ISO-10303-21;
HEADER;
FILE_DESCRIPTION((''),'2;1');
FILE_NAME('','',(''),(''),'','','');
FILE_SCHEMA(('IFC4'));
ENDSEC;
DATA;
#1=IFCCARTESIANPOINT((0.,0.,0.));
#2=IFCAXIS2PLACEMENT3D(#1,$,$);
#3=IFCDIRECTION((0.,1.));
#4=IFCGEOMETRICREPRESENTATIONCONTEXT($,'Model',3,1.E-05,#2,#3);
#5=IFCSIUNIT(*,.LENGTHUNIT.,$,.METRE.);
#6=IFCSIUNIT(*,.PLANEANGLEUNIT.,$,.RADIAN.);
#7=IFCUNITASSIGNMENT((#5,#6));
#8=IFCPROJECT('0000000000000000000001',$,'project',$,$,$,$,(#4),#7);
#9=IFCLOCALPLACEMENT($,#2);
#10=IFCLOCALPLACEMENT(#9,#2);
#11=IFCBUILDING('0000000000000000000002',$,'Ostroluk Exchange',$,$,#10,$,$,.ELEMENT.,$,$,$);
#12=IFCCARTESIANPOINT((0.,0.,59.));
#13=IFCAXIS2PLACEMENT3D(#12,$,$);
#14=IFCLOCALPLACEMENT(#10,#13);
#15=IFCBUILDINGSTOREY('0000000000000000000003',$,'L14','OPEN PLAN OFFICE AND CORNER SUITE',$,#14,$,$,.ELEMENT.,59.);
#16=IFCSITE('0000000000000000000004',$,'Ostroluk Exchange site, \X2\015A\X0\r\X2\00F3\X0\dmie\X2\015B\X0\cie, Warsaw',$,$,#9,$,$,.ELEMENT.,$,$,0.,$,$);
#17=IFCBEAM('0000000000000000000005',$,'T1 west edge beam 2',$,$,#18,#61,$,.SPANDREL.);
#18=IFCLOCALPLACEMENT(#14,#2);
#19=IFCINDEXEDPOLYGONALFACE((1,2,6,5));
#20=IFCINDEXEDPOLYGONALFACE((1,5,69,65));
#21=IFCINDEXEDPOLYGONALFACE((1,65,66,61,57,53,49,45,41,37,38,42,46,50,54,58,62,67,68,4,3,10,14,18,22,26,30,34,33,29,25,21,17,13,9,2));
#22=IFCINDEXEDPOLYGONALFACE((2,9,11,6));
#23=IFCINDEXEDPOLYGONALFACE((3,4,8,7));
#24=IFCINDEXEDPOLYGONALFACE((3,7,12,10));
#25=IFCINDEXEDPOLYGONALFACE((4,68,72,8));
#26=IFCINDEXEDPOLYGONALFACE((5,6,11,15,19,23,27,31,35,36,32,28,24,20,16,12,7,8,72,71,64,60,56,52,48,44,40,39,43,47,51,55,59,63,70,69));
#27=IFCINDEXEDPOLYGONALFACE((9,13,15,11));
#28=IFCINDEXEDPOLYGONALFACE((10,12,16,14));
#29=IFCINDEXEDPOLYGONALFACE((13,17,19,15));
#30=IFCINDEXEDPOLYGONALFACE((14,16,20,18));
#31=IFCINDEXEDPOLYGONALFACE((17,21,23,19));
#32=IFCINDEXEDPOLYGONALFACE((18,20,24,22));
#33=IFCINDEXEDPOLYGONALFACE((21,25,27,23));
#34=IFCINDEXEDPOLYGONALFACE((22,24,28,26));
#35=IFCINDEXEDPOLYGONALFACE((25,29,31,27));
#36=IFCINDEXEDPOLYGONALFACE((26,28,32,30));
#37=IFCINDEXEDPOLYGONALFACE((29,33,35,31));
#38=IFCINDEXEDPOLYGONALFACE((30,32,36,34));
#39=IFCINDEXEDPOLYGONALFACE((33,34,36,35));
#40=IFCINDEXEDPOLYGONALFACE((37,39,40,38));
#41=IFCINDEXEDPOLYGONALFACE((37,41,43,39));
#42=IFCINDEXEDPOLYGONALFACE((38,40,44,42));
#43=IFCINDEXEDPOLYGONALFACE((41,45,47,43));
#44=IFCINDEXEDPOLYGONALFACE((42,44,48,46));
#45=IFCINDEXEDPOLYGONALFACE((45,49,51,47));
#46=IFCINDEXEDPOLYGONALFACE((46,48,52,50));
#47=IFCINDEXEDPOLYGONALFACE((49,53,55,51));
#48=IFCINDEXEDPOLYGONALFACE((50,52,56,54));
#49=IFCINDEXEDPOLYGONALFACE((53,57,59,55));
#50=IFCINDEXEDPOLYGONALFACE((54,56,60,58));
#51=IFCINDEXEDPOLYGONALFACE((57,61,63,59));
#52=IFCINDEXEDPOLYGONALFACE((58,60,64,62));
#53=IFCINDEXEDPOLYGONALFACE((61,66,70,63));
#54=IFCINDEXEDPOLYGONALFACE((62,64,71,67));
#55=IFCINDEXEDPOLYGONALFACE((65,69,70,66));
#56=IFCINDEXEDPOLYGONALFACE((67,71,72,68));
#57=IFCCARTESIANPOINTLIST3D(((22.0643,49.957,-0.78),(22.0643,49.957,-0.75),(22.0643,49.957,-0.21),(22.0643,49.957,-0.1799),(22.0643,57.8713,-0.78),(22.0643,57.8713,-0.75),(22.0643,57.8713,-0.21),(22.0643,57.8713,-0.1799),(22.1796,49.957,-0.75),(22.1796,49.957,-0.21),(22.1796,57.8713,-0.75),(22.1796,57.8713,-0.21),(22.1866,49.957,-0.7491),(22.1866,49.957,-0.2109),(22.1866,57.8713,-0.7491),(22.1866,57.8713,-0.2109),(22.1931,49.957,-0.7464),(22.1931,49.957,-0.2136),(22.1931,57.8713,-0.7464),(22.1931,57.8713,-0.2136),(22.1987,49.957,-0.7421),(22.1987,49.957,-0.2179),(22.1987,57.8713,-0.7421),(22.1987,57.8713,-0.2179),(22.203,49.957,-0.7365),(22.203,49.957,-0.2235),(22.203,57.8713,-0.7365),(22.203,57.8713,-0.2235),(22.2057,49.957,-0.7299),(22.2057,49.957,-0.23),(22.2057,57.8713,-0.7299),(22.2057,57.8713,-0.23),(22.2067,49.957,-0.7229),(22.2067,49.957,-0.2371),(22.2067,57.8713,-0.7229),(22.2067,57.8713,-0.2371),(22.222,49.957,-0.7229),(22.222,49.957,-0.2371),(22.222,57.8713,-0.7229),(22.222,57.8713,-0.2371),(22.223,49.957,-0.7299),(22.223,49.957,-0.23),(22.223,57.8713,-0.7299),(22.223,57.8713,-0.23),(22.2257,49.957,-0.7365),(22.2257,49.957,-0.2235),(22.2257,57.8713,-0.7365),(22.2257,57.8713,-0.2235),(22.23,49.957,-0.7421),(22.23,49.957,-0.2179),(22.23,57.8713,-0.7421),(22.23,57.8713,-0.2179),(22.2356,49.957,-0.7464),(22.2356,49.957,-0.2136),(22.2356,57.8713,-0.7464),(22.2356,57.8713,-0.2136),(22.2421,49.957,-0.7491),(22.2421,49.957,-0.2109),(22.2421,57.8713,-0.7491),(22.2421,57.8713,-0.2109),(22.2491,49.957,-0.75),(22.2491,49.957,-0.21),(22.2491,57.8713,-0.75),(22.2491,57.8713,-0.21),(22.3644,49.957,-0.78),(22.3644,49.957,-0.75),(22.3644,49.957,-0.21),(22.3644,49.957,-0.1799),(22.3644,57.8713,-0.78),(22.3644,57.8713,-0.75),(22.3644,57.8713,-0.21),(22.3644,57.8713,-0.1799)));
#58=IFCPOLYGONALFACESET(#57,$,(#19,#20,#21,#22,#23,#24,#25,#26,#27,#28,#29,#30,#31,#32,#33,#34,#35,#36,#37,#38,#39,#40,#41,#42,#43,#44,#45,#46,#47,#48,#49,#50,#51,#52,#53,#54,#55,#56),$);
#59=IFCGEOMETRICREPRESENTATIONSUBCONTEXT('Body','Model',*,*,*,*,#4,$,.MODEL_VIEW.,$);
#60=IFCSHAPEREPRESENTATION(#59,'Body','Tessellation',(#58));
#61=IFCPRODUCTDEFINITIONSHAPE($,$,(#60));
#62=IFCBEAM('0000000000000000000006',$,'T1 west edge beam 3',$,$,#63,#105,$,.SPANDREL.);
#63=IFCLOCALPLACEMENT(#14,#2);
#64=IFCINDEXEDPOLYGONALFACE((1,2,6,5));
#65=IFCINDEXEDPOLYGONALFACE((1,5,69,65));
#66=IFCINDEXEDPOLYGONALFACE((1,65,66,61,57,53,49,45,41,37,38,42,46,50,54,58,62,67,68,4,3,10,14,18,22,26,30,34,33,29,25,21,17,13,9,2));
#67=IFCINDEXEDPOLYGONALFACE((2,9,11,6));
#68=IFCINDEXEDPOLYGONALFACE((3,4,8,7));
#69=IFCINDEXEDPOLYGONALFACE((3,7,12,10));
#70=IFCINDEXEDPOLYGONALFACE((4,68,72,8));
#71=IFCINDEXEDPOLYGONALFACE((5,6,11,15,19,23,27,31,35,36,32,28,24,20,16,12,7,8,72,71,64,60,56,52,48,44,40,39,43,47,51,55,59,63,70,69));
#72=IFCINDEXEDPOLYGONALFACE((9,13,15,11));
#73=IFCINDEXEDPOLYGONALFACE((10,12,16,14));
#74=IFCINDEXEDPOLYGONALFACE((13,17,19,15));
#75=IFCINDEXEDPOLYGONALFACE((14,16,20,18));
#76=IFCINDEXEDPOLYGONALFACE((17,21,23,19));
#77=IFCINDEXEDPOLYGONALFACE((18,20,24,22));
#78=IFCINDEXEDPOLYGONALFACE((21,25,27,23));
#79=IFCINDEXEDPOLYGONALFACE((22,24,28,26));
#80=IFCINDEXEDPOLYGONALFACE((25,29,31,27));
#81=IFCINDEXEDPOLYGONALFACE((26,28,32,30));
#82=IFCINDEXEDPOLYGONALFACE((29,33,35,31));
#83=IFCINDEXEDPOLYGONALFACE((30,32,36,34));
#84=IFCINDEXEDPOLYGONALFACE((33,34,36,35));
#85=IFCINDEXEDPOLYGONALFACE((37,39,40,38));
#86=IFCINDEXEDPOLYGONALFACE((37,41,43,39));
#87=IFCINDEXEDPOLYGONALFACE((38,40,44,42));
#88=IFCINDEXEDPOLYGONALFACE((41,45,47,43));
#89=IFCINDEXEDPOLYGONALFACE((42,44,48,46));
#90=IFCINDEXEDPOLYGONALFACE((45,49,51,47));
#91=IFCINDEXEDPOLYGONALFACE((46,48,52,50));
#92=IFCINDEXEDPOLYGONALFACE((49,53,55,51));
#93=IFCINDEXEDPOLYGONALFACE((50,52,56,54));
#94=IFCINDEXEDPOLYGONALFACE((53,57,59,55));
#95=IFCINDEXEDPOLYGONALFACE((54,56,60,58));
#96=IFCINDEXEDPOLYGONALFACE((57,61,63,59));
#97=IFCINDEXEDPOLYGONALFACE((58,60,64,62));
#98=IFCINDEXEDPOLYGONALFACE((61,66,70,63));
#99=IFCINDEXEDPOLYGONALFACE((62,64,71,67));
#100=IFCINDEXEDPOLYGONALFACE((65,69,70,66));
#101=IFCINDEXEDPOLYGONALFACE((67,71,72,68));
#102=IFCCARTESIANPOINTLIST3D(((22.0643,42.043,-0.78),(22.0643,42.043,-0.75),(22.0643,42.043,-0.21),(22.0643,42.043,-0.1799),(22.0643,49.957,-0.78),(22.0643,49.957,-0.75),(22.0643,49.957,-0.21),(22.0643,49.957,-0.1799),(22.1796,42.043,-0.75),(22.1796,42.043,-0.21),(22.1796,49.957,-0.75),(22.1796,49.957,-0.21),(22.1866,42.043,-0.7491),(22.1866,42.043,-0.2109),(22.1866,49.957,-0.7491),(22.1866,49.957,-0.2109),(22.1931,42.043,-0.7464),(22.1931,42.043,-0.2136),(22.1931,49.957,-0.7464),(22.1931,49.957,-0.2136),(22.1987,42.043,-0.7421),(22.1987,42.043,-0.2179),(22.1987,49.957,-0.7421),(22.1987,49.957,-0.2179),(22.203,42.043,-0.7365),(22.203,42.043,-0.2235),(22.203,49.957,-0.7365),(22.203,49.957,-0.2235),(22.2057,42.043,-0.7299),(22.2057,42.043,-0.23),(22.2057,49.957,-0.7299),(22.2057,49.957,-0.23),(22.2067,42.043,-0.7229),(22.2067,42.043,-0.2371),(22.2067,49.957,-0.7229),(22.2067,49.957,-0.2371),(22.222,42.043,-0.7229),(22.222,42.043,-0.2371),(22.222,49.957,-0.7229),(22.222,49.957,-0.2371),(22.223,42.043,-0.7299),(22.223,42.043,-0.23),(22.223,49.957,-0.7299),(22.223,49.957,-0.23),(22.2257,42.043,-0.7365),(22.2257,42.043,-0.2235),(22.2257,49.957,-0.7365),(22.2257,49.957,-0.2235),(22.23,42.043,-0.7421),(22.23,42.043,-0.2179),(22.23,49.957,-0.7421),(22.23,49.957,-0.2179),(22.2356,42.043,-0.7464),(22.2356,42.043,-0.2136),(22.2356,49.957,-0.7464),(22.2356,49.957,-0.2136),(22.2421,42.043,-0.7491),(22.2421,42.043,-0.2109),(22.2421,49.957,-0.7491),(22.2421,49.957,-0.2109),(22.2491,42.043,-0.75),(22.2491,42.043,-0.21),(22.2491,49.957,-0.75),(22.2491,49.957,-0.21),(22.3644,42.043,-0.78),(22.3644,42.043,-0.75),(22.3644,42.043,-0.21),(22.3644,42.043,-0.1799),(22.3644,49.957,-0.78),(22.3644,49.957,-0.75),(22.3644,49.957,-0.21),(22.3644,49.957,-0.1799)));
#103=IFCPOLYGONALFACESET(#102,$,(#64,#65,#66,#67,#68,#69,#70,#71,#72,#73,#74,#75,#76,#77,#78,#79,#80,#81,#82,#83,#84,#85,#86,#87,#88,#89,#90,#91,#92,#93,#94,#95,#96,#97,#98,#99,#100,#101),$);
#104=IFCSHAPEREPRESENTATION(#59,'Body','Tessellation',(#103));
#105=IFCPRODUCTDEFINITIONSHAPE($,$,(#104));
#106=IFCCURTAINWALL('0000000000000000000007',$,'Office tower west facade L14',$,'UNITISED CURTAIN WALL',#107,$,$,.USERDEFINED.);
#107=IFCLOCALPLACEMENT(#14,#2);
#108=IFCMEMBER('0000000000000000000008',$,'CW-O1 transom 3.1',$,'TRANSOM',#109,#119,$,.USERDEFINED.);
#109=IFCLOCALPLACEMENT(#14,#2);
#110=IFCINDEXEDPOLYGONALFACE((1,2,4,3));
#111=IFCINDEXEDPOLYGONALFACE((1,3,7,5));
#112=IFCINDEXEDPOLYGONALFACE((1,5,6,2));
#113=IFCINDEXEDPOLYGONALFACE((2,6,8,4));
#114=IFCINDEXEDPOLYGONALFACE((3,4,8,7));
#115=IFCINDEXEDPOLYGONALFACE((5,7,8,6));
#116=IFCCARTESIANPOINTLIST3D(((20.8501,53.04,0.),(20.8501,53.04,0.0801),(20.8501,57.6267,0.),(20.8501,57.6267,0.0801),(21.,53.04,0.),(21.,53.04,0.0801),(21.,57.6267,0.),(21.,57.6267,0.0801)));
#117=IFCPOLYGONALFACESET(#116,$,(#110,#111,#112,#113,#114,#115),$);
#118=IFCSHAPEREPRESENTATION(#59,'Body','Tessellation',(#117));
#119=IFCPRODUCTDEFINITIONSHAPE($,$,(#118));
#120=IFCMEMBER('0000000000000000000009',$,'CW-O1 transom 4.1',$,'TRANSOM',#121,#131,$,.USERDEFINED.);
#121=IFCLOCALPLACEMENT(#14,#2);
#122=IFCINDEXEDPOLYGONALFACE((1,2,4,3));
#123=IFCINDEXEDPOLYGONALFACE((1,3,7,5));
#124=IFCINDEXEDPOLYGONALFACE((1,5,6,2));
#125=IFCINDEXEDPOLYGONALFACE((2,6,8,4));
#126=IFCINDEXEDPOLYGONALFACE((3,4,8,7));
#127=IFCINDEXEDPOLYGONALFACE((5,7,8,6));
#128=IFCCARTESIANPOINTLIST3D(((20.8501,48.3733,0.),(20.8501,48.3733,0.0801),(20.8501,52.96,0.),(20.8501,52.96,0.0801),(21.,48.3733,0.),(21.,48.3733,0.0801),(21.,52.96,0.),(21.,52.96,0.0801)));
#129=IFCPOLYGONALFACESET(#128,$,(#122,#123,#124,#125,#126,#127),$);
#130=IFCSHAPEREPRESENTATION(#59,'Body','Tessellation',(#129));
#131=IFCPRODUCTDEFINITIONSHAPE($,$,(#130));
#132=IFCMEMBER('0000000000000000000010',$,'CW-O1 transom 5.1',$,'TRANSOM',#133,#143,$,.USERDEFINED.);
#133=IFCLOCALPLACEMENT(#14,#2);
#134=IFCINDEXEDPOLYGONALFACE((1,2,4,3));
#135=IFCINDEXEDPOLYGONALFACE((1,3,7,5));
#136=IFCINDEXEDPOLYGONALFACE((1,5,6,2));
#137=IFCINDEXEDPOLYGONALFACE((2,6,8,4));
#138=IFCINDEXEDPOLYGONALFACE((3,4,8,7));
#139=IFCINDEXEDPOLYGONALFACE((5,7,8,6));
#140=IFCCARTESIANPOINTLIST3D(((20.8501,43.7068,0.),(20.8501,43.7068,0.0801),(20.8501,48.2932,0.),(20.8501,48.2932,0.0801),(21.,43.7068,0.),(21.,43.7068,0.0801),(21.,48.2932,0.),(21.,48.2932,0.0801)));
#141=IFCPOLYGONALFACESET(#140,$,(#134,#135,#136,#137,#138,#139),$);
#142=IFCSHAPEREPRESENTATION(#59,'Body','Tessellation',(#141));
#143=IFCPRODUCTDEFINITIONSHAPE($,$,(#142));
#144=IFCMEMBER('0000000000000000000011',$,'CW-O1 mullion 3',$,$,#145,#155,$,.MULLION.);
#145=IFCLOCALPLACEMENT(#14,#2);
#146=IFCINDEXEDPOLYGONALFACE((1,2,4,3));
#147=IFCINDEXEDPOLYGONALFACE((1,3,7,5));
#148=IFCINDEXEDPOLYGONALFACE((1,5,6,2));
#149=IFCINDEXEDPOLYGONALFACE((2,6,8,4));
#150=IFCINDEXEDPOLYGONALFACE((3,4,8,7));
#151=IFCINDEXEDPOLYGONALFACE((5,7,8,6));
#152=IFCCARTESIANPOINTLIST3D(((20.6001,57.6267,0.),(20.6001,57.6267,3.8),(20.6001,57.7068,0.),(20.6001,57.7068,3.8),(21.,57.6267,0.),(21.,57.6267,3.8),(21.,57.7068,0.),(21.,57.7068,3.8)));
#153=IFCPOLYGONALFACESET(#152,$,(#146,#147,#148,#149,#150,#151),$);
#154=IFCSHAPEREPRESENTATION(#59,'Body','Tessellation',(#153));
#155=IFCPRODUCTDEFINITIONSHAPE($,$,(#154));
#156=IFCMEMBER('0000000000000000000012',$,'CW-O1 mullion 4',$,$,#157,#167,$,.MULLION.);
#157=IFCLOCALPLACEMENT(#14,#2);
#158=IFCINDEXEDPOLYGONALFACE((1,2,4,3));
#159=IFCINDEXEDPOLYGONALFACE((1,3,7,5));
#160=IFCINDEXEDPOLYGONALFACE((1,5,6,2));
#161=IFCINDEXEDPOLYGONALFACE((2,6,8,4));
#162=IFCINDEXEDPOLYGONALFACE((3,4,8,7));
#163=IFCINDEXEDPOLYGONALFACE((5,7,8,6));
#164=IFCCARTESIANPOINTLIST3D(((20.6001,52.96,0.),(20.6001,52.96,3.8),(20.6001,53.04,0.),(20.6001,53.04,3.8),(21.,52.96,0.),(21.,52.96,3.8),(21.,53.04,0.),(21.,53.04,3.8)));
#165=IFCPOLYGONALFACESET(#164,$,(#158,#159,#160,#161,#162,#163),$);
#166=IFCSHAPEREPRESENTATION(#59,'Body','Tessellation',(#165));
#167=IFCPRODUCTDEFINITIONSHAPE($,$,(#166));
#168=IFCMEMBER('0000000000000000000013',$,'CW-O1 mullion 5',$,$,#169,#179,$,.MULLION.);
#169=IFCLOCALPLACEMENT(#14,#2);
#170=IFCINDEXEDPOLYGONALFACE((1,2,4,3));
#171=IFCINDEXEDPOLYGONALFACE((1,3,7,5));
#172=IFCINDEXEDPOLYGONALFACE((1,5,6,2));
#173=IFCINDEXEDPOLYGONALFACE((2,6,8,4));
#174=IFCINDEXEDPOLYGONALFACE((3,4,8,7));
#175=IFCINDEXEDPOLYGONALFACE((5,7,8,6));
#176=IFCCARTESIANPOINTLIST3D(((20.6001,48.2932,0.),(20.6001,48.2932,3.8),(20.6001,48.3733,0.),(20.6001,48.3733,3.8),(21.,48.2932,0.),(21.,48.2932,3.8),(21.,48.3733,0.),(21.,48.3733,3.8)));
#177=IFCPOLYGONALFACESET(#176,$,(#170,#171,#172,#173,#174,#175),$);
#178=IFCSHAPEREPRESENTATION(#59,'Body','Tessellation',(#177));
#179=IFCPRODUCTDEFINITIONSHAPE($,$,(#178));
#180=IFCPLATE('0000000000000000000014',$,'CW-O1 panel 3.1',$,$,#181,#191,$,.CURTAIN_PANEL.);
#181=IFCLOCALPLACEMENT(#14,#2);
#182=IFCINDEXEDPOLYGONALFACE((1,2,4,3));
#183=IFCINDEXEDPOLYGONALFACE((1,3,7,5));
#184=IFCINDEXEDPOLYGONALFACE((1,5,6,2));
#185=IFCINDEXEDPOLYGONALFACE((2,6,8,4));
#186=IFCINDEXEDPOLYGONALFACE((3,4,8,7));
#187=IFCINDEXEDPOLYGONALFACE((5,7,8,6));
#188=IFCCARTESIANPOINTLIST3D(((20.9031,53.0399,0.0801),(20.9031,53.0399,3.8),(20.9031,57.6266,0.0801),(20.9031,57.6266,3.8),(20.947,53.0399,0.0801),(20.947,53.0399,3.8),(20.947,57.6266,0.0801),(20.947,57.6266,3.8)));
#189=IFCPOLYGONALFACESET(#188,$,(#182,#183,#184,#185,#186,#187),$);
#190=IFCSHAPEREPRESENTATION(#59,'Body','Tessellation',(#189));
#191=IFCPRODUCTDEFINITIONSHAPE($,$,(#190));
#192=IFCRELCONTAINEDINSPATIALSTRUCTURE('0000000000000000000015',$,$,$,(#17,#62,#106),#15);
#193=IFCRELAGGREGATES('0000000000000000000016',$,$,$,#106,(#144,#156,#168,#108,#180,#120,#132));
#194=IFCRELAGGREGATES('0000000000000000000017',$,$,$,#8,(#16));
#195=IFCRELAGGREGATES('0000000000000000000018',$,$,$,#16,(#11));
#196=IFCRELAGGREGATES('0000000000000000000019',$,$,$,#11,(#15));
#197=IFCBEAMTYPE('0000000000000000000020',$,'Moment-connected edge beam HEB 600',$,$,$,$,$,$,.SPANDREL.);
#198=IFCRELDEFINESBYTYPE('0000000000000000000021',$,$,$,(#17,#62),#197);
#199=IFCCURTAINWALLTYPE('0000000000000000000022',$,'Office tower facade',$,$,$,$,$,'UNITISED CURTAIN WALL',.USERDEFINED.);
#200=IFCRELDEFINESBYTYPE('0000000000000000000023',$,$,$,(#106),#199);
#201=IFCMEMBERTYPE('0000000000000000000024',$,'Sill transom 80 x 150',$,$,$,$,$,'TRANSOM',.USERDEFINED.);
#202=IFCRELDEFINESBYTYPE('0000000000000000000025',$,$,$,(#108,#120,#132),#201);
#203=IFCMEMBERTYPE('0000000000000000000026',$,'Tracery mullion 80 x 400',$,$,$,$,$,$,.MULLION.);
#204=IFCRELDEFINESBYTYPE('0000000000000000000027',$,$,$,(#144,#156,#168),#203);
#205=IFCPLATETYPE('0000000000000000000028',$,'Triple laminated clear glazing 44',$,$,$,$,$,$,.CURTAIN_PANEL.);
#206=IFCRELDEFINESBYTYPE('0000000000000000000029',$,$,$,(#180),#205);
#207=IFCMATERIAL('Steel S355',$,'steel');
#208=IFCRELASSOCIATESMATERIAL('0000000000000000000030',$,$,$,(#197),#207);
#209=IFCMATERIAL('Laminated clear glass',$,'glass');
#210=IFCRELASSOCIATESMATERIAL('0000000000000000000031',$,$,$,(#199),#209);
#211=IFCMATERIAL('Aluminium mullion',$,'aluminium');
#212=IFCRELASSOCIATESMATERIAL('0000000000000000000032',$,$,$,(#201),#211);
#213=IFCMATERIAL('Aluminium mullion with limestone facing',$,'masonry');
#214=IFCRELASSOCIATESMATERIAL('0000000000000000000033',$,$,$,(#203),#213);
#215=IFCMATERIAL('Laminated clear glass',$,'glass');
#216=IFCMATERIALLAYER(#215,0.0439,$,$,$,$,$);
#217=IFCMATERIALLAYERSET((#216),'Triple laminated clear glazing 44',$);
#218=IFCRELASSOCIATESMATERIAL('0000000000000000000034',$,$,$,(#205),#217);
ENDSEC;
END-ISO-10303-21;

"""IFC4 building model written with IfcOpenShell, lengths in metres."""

from ifc_helpers import new_model, si_unit, direction, frame, origin, origin_2d, place, context, subcontext, project, spatial, rectangle, i_section, extrude, material, layer, layer_set, material_profile, profile_set, type_object, element, aggregate, save


model = new_model("IFC4")

# Units and contexts
model_context = context("Model", 3, precision=1e-05, world=origin(), true_north=direction((0.0, 1.0)))
body_context = subcontext(model_context, "Body", "Model", "MODEL_VIEW")
ifc_project = project(units=[si_unit("LENGTHUNIT", "METRE"), si_unit("PLANEANGLEUNIT", "RADIAN")], contexts=[model_context])

# Site, building, storey
site_placement = place(None, origin())
site = spatial("IfcSite", under=ifc_project, at=site_placement, Name="Ostroluk Exchange site, Śródmieście, Warsaw", CompositionType="ELEMENT", RefElevation=0.0)
building_placement = place(site_placement, origin())
building = spatial("IfcBuilding", under=site, at=building_placement, Name="Ostroluk Exchange", CompositionType="ELEMENT")
storey_placement = place(building_placement, frame((0.0, 0.0, 59.0)))
storey = spatial("IfcBuildingStorey", under=building, at=storey_placement, Name="L14", Description="OPEN PLAN OFFICE AND CORNER SUITE", CompositionType="ELEMENT", Elevation=59.0)

# Beams
ifc_material_1 = material(Name="Steel S355", Category="steel")
ifc_material_profile_1 = material_profile(ifc_material_1, i_section(OverallWidth=0.3, OverallDepth=0.6001, WebThickness=0.0154, FlangeThickness=0.03, FilletRadius=0.0271, at=origin_2d()), Name="HEB 600")
ifc_profile_set_1 = profile_set([ifc_material_profile_1], Name="Steel S355")
beam_type_1 = type_object("IfcBeamType", Name="Moment-connected edge beam HEB 600", PredefinedType="SPANDREL", material=ifc_profile_set_1)
beam_1_placement = place(storey_placement, frame((22.2144, 57.8713, -0.48), z_axis=(0.0, -1.0, 0.0), x_axis=(1.0, 0.0, 0.0)))
element("IfcBeam", 1, at=beam_1_placement, inside=storey, type_object=beam_type_1, Name="T1 west edge beam 2", PredefinedType="SPANDREL", context=body_context, shape_type="SweptSolid", body=[
    extrude(i_section(OverallWidth=0.3, OverallDepth=0.6001, WebThickness=0.0154, FlangeThickness=0.03, FilletRadius=0.0271, at=origin_2d()), origin(), (0.0, 0.0, 1.0), 7.9143),
])
beam_2_placement = place(storey_placement, frame((22.2144, 49.957, -0.48), z_axis=(0.0, -1.0, 0.0), x_axis=(1.0, 0.0, 0.0)))
element("IfcBeam", 2, at=beam_2_placement, inside=storey, type_object=beam_type_1, Name="T1 west edge beam 3", PredefinedType="SPANDREL", context=body_context, shape_type="SweptSolid", body=[
    extrude(i_section(OverallWidth=0.3, OverallDepth=0.6001, WebThickness=0.0154, FlangeThickness=0.03, FilletRadius=0.0271, at=origin_2d()), origin(), (0.0, 0.0, 1.0), 7.9141),
])

# Curtain wall, members, plate
ifc_material_2 = material(Name="Laminated clear glass", Category="glass")
curtain_wall_type = type_object("IfcCurtainWallType", Name="Office tower facade", ElementType="UNITISED CURTAIN WALL", PredefinedType="USERDEFINED", material=ifc_material_2)
curtain_wall_placement = place(storey_placement, origin())
curtain_wall = element("IfcCurtainWall", 3, at=curtain_wall_placement, inside=storey, type_object=curtain_wall_type, Name="Office tower west facade L14", ObjectType="UNITISED CURTAIN WALL", PredefinedType="USERDEFINED")
ifc_material_3 = material(Name="Aluminium mullion", Category="aluminium")
ifc_material_profile_2 = material_profile(ifc_material_3, rectangle(XDim=0.1499, YDim=0.0801, at=origin_2d()), Name="Sill transom 80 x 150")
ifc_profile_set_2 = profile_set([ifc_material_profile_2], Name="Aluminium mullion")
member_type_1 = type_object("IfcMemberType", Name="Sill transom 80 x 150", ElementType="TRANSOM", PredefinedType="USERDEFINED", material=ifc_profile_set_2)
member_1_placement = place(storey_placement, frame((20.925, 57.6267, 0.04), z_axis=(0.0, -1.0, 0.0), x_axis=(1.0, 0.0, 0.0)))
member_1 = element("IfcMember", 4, at=member_1_placement, type_object=member_type_1, Name="CW-O1 transom 3.1", ObjectType="TRANSOM", PredefinedType="USERDEFINED", context=body_context, shape_type="SweptSolid", body=[
    extrude(rectangle(XDim=0.1499, YDim=0.0801, at=origin_2d()), origin(), (0.0, 0.0, 1.0), 4.5867),
])
member_2_placement = place(storey_placement, frame((20.925, 52.96, 0.04), z_axis=(0.0, -1.0, 0.0), x_axis=(1.0, 0.0, 0.0)))
member_2 = element("IfcMember", 5, at=member_2_placement, type_object=member_type_1, Name="CW-O1 transom 4.1", ObjectType="TRANSOM", PredefinedType="USERDEFINED", context=body_context, shape_type="SweptSolid", body=[
    extrude(rectangle(XDim=0.1499, YDim=0.0801, at=origin_2d()), origin(), (0.0, 0.0, 1.0), 4.5867),
])
member_3_placement = place(storey_placement, frame((20.925, 48.2932, 0.04), z_axis=(0.0, -1.0, 0.0), x_axis=(1.0, 0.0, 0.0)))
member_3 = element("IfcMember", 6, at=member_3_placement, type_object=member_type_1, Name="CW-O1 transom 5.1", ObjectType="TRANSOM", PredefinedType="USERDEFINED", context=body_context, shape_type="SweptSolid", body=[
    extrude(rectangle(XDim=0.1499, YDim=0.0801, at=origin_2d()), origin(), (0.0, 0.0, 1.0), 4.5864),
])
ifc_material_4 = material(Name="Aluminium mullion with limestone facing", Category="masonry")
ifc_material_profile_3 = material_profile(ifc_material_4, rectangle(XDim=0.3999, YDim=0.0801, at=origin_2d()), Name="Tracery mullion 80 x 400")
ifc_profile_set_3 = profile_set([ifc_material_profile_3], Name="Aluminium mullion with limestone facing")
member_type_2 = type_object("IfcMemberType", Name="Tracery mullion 80 x 400", PredefinedType="MULLION", material=ifc_profile_set_3)
member_4_placement = place(storey_placement, frame((20.8, 57.6667, 0.0), z_axis=(0.0, 0.0, 1.0), x_axis=(1.0, 0.0, 0.0)))
member_4 = element("IfcMember", 7, at=member_4_placement, type_object=member_type_2, Name="CW-O1 mullion 3", PredefinedType="MULLION", context=body_context, shape_type="SweptSolid", body=[
    extrude(rectangle(XDim=0.3999, YDim=0.0801, at=origin_2d()), origin(), (0.0, 0.0, 1.0), 3.8),
])
member_5_placement = place(storey_placement, frame((20.8, 53.0, 0.0), z_axis=(0.0, 0.0, 1.0), x_axis=(1.0, 0.0, 0.0)))
member_5 = element("IfcMember", 8, at=member_5_placement, type_object=member_type_2, Name="CW-O1 mullion 4", PredefinedType="MULLION", context=body_context, shape_type="SweptSolid", body=[
    extrude(rectangle(XDim=0.3999, YDim=0.0801, at=origin_2d()), origin(), (0.0, 0.0, 1.0), 3.8),
])
member_6_placement = place(storey_placement, frame((20.8, 48.3333, 0.0), z_axis=(0.0, 0.0, 1.0), x_axis=(1.0, 0.0, 0.0)))
member_6 = element("IfcMember", 9, at=member_6_placement, type_object=member_type_2, Name="CW-O1 mullion 5", PredefinedType="MULLION", context=body_context, shape_type="SweptSolid", body=[
    extrude(rectangle(XDim=0.3999, YDim=0.0801, at=origin_2d()), origin(), (0.0, 0.0, 1.0), 3.8),
])
ifc_material_5 = material(Name="Laminated clear glass", Category="glass")
ifc_layer_1 = layer(ifc_material_5, 0.0439)
ifc_layer_set_1 = layer_set([ifc_layer_1], Name="Triple laminated clear glazing 44")
plate_type = type_object("IfcPlateType", Name="Triple laminated clear glazing 44", PredefinedType="CURTAIN_PANEL", material=ifc_layer_set_1)
plate_1_placement = place(storey_placement, frame((20.925, 55.3333, 0.0801), z_axis=(0.0, 0.0, 1.0), x_axis=(0.0, -1.0, 0.0)))
plate_1 = element("IfcPlate", 10, at=plate_1_placement, type_object=plate_type, Name="CW-O1 panel 3.1", PredefinedType="CURTAIN_PANEL", context=body_context, shape_type="SweptSolid", body=[
    extrude(rectangle(XDim=4.5867, YDim=0.0439, at=origin_2d()), origin(), (0.0, 0.0, 1.0), 3.72),
])
aggregate(curtain_wall, [member_4, member_5, member_6, member_1, plate_1, member_2, member_3])

save(model, "model.ifc")
